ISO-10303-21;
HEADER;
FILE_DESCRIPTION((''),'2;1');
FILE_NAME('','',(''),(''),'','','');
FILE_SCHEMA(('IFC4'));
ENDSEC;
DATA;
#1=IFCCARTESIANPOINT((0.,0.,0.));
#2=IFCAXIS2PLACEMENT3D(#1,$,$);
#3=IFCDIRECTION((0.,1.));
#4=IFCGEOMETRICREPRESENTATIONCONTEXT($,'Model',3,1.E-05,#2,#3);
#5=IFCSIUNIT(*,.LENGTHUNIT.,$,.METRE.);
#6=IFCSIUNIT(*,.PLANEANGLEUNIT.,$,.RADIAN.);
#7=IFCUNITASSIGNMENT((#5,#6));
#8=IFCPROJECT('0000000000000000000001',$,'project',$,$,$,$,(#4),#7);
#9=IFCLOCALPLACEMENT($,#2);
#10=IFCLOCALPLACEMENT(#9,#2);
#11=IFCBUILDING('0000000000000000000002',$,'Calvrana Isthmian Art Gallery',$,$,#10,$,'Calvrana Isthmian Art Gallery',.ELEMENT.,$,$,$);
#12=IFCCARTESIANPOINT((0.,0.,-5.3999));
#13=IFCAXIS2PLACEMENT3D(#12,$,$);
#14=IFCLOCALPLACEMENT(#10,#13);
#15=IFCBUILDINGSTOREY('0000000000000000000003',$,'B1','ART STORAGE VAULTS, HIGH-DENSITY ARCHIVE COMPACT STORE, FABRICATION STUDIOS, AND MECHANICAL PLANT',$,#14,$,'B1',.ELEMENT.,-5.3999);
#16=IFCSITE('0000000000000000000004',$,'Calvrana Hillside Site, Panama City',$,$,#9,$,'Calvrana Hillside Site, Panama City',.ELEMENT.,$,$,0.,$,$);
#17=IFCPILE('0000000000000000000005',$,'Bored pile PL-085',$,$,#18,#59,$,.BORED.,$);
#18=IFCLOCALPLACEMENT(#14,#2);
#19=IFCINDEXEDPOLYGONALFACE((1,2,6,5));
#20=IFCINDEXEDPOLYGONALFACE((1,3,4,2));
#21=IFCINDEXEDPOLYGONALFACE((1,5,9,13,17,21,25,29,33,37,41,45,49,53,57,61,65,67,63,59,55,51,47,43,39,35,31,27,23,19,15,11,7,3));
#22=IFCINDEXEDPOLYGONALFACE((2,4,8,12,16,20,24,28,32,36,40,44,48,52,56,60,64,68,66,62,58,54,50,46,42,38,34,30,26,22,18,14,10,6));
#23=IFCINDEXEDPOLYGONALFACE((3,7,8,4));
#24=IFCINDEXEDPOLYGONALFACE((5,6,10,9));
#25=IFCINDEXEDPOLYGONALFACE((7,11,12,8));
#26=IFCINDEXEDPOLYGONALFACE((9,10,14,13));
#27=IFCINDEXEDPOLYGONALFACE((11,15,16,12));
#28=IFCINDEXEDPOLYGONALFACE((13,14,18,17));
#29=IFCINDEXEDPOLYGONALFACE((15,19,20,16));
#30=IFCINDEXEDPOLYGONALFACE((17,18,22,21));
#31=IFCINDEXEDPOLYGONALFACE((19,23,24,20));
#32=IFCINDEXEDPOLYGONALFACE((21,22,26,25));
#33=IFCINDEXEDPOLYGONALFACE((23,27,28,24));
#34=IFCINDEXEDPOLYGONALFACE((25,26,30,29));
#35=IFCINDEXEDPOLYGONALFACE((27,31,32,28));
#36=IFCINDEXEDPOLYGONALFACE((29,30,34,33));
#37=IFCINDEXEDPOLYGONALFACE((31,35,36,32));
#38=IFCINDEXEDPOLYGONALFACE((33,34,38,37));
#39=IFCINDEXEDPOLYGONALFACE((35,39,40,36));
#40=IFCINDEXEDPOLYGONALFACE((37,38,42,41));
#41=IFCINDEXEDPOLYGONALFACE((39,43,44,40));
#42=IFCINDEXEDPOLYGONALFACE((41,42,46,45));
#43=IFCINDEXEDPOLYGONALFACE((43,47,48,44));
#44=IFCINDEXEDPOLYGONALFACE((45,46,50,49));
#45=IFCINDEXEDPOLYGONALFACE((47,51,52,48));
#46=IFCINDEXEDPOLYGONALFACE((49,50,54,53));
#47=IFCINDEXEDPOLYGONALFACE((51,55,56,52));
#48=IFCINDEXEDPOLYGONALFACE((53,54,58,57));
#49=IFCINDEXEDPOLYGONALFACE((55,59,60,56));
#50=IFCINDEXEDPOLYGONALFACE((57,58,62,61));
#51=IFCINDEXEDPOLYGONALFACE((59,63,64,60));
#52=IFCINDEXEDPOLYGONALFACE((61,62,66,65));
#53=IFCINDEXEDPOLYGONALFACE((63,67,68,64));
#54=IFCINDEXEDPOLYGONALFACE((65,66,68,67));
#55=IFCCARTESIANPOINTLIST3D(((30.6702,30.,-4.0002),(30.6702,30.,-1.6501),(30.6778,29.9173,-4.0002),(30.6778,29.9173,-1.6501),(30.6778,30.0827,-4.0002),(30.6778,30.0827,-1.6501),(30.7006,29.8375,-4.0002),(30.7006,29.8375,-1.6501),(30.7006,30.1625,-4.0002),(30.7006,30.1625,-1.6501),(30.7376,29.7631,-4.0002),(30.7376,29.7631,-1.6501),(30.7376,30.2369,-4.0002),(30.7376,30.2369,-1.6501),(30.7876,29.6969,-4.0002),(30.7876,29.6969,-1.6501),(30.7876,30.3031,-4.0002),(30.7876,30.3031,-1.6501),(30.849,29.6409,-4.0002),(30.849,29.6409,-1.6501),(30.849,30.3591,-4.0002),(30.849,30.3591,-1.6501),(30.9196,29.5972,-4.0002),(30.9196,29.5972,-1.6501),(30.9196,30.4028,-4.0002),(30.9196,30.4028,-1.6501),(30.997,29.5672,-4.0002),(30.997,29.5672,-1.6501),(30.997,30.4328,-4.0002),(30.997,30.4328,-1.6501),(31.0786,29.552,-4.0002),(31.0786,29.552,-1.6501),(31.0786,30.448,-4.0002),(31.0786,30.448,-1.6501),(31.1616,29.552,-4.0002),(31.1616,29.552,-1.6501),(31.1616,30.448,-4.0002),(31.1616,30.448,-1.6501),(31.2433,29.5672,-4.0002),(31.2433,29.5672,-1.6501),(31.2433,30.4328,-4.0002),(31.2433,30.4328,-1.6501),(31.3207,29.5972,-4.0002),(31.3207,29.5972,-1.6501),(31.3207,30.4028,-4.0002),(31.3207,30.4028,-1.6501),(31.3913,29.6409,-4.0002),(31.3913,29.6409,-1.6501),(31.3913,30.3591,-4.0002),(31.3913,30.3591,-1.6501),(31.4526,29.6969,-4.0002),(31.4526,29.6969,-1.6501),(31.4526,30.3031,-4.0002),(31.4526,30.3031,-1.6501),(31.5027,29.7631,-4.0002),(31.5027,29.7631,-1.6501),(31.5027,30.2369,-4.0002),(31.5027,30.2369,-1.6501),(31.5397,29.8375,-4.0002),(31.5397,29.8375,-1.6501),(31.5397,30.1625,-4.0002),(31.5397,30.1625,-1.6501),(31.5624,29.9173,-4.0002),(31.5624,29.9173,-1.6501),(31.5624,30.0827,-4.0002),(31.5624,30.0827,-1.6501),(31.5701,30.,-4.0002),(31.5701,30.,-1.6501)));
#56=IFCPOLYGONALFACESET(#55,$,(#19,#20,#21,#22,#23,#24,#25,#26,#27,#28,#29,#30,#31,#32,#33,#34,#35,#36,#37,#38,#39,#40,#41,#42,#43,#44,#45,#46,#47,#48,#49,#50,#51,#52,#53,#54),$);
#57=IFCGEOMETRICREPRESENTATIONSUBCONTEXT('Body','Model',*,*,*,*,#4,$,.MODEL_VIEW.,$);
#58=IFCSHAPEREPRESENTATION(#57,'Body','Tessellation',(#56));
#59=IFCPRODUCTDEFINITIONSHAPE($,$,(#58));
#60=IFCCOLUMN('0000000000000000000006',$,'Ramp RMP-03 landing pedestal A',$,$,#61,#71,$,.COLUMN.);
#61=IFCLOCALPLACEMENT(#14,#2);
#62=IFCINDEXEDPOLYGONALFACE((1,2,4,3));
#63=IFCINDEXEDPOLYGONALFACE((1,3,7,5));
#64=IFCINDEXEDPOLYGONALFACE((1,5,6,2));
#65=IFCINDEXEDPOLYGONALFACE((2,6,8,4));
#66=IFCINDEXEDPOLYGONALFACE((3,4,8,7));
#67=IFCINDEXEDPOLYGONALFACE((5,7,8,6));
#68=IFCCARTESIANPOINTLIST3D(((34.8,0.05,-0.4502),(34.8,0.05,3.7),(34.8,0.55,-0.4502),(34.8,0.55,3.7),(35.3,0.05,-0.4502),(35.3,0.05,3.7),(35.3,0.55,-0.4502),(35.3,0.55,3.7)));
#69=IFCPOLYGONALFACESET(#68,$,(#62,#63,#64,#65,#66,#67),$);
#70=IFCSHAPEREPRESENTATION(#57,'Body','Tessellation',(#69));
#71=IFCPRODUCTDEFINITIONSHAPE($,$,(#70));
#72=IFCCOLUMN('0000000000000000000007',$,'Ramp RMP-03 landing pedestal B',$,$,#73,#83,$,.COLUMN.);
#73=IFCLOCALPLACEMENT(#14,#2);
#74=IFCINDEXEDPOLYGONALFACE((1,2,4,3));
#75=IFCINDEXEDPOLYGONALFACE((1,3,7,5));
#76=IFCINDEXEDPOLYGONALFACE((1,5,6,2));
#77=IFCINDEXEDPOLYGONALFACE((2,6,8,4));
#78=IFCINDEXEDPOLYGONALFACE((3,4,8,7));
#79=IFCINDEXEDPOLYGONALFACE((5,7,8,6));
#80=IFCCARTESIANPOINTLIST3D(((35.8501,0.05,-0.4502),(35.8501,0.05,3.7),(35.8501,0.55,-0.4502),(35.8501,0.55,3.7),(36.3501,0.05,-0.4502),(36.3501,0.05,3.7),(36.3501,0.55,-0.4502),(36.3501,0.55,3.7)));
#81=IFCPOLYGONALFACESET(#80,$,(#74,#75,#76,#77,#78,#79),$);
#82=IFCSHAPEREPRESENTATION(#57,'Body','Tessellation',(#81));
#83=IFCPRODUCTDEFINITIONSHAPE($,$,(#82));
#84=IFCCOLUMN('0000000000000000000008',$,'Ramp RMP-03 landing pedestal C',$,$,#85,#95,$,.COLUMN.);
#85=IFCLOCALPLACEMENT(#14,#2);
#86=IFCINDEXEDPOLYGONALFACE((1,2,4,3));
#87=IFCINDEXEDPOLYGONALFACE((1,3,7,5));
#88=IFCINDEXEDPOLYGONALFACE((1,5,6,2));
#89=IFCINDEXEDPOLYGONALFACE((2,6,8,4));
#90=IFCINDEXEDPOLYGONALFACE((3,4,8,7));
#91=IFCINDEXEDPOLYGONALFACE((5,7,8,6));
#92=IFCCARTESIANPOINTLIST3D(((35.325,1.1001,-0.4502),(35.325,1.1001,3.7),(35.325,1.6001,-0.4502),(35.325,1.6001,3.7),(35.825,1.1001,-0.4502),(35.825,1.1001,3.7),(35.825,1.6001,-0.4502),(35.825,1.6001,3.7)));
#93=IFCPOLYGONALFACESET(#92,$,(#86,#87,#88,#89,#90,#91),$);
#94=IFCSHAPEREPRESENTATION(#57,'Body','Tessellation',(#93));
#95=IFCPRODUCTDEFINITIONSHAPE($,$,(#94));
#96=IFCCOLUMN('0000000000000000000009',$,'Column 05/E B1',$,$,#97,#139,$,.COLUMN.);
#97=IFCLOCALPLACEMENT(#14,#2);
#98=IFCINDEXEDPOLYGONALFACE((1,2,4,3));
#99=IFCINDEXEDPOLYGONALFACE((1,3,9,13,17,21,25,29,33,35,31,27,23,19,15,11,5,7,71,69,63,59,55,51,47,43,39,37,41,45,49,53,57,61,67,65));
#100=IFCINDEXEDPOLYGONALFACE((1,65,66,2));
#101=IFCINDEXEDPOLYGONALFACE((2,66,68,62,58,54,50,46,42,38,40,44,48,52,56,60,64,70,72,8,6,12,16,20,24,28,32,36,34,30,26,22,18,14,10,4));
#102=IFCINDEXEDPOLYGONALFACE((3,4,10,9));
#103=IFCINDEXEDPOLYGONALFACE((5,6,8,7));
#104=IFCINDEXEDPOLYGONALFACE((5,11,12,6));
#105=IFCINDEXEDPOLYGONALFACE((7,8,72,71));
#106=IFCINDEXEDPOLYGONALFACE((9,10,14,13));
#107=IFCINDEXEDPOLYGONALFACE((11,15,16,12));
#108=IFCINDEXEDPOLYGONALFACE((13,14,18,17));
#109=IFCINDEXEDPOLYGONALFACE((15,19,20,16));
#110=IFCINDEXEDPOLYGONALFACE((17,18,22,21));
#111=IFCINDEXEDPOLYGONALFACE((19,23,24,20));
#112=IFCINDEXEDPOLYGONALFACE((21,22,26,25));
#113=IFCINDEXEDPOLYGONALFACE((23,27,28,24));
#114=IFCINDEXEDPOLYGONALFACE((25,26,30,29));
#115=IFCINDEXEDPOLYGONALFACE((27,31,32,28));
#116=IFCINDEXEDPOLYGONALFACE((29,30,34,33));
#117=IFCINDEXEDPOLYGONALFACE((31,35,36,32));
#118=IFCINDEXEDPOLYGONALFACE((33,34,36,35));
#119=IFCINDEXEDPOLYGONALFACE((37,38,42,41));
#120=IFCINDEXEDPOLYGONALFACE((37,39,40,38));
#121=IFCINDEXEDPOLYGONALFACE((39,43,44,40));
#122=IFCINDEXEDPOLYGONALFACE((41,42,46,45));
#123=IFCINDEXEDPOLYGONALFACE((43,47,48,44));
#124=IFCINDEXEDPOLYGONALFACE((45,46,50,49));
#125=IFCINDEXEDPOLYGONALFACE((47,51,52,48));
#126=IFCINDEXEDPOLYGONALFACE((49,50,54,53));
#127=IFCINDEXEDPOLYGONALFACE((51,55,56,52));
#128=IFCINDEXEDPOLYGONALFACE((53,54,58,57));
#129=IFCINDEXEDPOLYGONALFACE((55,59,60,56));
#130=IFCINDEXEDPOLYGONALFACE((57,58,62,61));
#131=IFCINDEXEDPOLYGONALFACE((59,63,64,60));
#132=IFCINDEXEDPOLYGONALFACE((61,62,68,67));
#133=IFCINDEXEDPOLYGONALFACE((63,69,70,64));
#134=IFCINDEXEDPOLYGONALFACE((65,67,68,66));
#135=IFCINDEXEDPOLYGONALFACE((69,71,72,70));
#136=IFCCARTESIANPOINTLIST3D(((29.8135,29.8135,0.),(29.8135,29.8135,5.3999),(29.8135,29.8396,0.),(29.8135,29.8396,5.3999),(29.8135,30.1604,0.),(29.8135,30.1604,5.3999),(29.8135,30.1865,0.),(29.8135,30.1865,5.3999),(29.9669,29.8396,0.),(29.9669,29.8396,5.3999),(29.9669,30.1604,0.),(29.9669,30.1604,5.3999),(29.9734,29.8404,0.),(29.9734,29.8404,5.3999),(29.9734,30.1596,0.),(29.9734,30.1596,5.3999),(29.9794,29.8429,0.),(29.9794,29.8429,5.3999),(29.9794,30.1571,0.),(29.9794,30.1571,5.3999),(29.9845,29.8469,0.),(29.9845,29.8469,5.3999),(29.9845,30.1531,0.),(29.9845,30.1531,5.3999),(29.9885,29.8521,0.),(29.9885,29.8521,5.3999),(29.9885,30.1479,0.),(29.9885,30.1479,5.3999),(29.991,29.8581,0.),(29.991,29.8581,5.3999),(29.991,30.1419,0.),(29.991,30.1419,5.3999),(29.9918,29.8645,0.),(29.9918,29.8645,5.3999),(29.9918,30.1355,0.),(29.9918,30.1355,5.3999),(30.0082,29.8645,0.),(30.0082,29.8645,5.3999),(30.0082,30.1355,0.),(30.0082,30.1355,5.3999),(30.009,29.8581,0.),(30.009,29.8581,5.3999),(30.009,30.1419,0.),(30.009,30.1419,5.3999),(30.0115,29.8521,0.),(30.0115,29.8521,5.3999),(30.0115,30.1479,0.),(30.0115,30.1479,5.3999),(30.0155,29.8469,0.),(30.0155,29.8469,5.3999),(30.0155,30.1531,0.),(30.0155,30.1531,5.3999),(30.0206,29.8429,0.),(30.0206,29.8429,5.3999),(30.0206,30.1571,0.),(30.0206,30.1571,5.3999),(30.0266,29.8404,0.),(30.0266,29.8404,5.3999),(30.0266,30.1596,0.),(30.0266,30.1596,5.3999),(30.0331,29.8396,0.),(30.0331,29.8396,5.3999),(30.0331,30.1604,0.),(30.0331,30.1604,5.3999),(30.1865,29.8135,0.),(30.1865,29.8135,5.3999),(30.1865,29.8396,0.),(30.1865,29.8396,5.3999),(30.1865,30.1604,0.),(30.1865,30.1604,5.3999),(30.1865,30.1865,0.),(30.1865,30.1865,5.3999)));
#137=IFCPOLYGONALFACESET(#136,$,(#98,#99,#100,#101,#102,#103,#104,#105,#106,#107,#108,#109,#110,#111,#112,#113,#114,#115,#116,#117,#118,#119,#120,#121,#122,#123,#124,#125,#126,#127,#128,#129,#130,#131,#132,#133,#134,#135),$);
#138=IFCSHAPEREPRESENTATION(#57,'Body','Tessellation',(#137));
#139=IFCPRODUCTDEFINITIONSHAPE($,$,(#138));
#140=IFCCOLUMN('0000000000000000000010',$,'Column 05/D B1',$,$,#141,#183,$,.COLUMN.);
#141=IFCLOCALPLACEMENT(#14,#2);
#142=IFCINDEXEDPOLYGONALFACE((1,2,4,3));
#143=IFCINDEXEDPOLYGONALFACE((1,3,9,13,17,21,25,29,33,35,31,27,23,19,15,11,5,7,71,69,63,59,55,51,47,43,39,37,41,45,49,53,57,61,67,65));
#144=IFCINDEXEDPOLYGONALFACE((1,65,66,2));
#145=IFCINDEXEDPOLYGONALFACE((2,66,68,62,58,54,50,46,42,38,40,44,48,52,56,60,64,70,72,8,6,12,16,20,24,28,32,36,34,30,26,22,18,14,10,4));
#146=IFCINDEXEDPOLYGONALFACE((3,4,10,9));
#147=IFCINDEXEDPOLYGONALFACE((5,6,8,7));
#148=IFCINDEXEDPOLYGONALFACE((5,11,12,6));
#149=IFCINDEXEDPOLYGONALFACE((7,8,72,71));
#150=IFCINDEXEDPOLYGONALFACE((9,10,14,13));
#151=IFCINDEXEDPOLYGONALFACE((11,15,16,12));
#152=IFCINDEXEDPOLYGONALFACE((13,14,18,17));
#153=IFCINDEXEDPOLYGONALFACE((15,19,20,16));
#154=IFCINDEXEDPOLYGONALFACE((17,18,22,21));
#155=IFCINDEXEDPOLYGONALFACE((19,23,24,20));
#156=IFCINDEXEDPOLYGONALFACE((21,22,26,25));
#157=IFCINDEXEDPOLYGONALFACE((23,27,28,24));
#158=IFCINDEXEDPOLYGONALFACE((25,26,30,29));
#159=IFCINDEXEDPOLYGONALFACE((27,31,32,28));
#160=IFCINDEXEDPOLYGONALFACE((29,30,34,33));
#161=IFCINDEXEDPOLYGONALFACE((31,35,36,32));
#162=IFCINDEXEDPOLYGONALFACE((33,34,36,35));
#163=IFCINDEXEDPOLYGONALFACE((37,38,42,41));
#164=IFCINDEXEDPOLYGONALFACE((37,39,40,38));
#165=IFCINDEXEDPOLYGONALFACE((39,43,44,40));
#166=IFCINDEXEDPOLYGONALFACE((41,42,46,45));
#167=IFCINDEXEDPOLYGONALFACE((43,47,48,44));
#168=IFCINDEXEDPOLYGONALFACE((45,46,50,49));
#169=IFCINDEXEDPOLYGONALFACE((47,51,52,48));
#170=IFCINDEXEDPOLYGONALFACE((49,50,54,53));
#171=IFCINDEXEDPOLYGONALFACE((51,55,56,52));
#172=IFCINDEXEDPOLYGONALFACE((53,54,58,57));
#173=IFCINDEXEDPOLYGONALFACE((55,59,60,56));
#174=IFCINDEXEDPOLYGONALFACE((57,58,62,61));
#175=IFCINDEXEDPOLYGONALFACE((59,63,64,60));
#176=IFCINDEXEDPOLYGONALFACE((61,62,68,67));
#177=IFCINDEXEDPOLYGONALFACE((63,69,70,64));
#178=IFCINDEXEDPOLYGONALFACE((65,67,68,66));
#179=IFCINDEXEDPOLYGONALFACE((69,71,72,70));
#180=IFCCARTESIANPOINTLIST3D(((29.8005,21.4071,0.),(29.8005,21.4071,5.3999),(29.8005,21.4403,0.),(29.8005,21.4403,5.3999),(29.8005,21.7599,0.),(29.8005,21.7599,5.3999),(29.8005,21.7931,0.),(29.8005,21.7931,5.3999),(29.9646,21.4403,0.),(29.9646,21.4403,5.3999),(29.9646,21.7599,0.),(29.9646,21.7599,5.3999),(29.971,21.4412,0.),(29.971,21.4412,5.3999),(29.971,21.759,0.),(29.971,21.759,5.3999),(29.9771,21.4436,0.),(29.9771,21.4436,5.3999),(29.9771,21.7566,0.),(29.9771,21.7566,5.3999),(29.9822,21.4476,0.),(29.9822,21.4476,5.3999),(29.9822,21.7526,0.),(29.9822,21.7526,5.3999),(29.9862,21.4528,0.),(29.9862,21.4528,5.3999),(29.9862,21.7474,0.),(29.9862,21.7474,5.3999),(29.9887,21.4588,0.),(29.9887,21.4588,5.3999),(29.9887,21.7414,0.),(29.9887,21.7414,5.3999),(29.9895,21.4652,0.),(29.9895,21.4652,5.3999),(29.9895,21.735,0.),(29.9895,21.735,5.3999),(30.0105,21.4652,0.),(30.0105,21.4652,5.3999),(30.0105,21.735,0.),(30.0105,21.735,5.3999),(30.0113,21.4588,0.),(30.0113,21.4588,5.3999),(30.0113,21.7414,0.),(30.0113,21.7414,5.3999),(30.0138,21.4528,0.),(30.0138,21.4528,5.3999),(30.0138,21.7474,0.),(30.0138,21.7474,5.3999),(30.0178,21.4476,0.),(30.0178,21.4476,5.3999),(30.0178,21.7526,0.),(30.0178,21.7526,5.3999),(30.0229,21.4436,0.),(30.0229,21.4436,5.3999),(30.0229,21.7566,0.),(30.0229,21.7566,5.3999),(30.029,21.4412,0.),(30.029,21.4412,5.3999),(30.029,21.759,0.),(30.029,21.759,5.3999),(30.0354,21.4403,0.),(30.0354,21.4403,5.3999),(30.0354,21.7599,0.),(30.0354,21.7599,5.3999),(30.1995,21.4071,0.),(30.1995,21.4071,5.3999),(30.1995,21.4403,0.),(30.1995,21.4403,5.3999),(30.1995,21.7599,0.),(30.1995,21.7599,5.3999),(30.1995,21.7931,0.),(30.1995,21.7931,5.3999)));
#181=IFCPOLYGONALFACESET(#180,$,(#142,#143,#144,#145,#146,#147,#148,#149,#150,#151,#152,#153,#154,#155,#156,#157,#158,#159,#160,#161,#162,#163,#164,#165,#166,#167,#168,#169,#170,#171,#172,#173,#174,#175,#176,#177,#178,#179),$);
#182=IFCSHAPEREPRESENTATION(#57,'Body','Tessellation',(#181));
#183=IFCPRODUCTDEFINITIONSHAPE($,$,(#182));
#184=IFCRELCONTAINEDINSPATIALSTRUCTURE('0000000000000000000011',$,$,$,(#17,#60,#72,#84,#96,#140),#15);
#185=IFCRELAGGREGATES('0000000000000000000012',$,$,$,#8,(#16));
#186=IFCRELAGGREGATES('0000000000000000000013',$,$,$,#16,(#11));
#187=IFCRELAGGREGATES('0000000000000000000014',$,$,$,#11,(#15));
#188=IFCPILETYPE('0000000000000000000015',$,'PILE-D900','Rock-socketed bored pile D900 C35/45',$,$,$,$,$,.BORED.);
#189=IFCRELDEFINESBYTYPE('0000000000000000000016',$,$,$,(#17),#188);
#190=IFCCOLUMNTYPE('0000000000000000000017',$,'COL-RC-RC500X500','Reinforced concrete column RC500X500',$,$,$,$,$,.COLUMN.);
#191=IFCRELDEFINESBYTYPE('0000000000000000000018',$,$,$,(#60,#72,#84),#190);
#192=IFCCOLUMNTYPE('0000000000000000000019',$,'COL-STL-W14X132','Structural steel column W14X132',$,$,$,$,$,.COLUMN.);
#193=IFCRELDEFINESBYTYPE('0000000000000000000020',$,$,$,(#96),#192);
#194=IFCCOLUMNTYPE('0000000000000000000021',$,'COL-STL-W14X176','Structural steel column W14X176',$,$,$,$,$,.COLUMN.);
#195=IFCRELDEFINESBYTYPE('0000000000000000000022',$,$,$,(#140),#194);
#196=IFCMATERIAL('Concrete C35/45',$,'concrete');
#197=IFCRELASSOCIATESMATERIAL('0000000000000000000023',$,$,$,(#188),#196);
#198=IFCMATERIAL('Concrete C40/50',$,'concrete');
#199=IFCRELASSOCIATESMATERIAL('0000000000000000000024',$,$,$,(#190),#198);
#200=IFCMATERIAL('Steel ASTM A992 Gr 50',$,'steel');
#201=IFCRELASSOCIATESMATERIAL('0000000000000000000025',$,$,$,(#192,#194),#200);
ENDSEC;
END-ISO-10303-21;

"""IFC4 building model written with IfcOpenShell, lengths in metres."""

from ifc_helpers import new_model, si_unit, direction, frame, origin, origin_2d, place, context, subcontext, project, spatial, rectangle, circle, i_section, extrude, material, material_profile, profile_set, type_object, element, save


model = new_model("IFC4")

# Units and contexts
model_context = context("Model", 3, precision=1e-05, world=origin(), true_north=direction((0.0, 1.0)))
body_context = subcontext(model_context, "Body", "Model", "MODEL_VIEW")
ifc_project = project(units=[si_unit("LENGTHUNIT", "METRE"), si_unit("PLANEANGLEUNIT", "RADIAN")], contexts=[model_context])

# Site, building, storey
site_placement = place(None, origin())
site = spatial("IfcSite", under=ifc_project, at=site_placement, Name="Calvrana Hillside Site, Panama City", LongName="Calvrana Hillside Site, Panama City", CompositionType="ELEMENT", RefElevation=0.0)
building_placement = place(site_placement, origin())
building = spatial("IfcBuilding", under=site, at=building_placement, Name="Calvrana Isthmian Art Gallery", LongName="Calvrana Isthmian Art Gallery", CompositionType="ELEMENT")
storey_placement = place(building_placement, frame((0.0, 0.0, -5.3999)))
storey = spatial("IfcBuildingStorey", under=building, at=storey_placement, Name="B1", Description="ART STORAGE VAULTS, HIGH-DENSITY ARCHIVE COMPACT STORE, FABRICATION STUDIOS, AND MECHANICAL PLANT", LongName="B1", CompositionType="ELEMENT", Elevation=-5.3999)

# Shared definitions
ifc_material_1 = material(Name="Concrete C35/45", Category="concrete")

# Pile
ifc_material_profile_1 = material_profile(ifc_material_1, circle(Radius=0.45, at=origin_2d()), Name="PILE900D")
ifc_profile_set_1 = profile_set([ifc_material_profile_1], Name="Concrete C35/45")
pile_type_1 = type_object("IfcPileType", Name="PILE-D900", Description="Rock-socketed bored pile D900 C35/45", PredefinedType="BORED", material=ifc_profile_set_1)
pile_1_placement = place(storey_placement, frame((31.1201, 30.0, -1.6501), z_axis=(0.0, 0.0, -1.0), x_axis=(1.0, 0.0, 0.0)))
element("IfcPile", 1, at=pile_1_placement, inside=storey, type_object=pile_type_1, Name="Bored pile PL-085", PredefinedType="BORED", context=body_context, shape_type="SweptSolid", body=[
    extrude(circle(Radius=0.45, at=origin_2d()), origin(), (0.0, 0.0, 1.0), 2.3501),
])

# Columns
ifc_material_2 = material(Name="Concrete C40/50", Category="concrete")
ifc_material_profile_2 = material_profile(ifc_material_2, rectangle(XDim=0.5, YDim=0.5, at=origin_2d()), Name="RC500X500")
ifc_profile_set_2 = profile_set([ifc_material_profile_2], Name="Concrete C40/50")
column_type_1 = type_object("IfcColumnType", Name="COL-RC-RC500X500", Description="Reinforced concrete column RC500X500", PredefinedType="COLUMN", material=ifc_profile_set_2)
for number, where, z_axis, x_axis, name in (
    (2, (35.05, 0.3, -0.4502), (0.0, 0.0, 1.0), (1.0, 0.0, 0.0), "Ramp RMP-03 landing pedestal A"),
    (3, (36.1001, 0.3, -0.4502), (0.0, 0.0, 1.0), (1.0, 0.0, 0.0), "Ramp RMP-03 landing pedestal B"),
    (4, (35.575, 1.3501, -0.4502), (0.0, 0.0, 1.0), (1.0, 0.0, 0.0), "Ramp RMP-03 landing pedestal C"),
):
    element("IfcColumn", number, at=place(storey_placement, frame(where, z_axis=z_axis, x_axis=x_axis)), inside=storey, type_object=column_type_1, Name=name, PredefinedType="COLUMN", context=body_context, shape_type="SweptSolid", body=[
        extrude(rectangle(XDim=0.5, YDim=0.5, at=origin_2d()), origin(), (0.0, 0.0, 1.0), 4.1501),
    ])
ifc_material_3 = material(Name="Steel ASTM A992 Gr 50", Category="steel")
ifc_material_profile_3 = material_profile(ifc_material_3, i_section(OverallWidth=0.373, OverallDepth=0.373, WebThickness=0.0164, FlangeThickness=0.0261, FilletRadius=0.0249, at=origin_2d()), Name="W14X132")
ifc_profile_set_3 = profile_set([ifc_material_profile_3], Name="Steel ASTM A992 Gr 50")
column_type_2 = type_object("IfcColumnType", Name="COL-STL-W14X132", Description="Structural steel column W14X132", PredefinedType="COLUMN", material=ifc_profile_set_3)
column_1_placement = place(storey_placement, frame((30.0, 30.0, 0.0), z_axis=(0.0, 0.0, 1.0), x_axis=(1.0, 0.0, 0.0)))
element("IfcColumn", 5, at=column_1_placement, inside=storey, type_object=column_type_2, Name="Column 05/E B1", PredefinedType="COLUMN", context=body_context, shape_type="SweptSolid", body=[
    extrude(i_section(OverallWidth=0.373, OverallDepth=0.373, WebThickness=0.0164, FlangeThickness=0.0261, FilletRadius=0.0249, at=origin_2d()), origin(), (0.0, 0.0, 1.0), 5.3999),
])
ifc_material_profile_4 = material_profile(ifc_material_3, i_section(OverallWidth=0.3989, OverallDepth=0.386, WebThickness=0.021, FlangeThickness=0.0332, FilletRadius=0.0249, at=origin_2d()), Name="W14X176")
ifc_profile_set_4 = profile_set([ifc_material_profile_4], Name="Steel ASTM A992 Gr 50")
column_type_3 = type_object("IfcColumnType", Name="COL-STL-W14X176", Description="Structural steel column W14X176", PredefinedType="COLUMN", material=ifc_profile_set_4)
for number, where, z_axis, x_axis, name in (
    (6, (30.0, 21.6001, 0.0), (0.0, 0.0, 1.0), (1.0, 0.0, 0.0), "Column 05/D B1"),
):
    element("IfcColumn", number, at=place(storey_placement, frame(where, z_axis=z_axis, x_axis=x_axis)), inside=storey, type_object=column_type_3, Name=name, PredefinedType="COLUMN", context=body_context, shape_type="SweptSolid", body=[
        extrude(i_section(OverallWidth=0.3989, OverallDepth=0.386, WebThickness=0.021, FlangeThickness=0.0332, FilletRadius=0.0249, at=origin_2d()), origin(), (0.0, 0.0, 1.0), 5.3999),
    ])

save(model, "model.ifc")
